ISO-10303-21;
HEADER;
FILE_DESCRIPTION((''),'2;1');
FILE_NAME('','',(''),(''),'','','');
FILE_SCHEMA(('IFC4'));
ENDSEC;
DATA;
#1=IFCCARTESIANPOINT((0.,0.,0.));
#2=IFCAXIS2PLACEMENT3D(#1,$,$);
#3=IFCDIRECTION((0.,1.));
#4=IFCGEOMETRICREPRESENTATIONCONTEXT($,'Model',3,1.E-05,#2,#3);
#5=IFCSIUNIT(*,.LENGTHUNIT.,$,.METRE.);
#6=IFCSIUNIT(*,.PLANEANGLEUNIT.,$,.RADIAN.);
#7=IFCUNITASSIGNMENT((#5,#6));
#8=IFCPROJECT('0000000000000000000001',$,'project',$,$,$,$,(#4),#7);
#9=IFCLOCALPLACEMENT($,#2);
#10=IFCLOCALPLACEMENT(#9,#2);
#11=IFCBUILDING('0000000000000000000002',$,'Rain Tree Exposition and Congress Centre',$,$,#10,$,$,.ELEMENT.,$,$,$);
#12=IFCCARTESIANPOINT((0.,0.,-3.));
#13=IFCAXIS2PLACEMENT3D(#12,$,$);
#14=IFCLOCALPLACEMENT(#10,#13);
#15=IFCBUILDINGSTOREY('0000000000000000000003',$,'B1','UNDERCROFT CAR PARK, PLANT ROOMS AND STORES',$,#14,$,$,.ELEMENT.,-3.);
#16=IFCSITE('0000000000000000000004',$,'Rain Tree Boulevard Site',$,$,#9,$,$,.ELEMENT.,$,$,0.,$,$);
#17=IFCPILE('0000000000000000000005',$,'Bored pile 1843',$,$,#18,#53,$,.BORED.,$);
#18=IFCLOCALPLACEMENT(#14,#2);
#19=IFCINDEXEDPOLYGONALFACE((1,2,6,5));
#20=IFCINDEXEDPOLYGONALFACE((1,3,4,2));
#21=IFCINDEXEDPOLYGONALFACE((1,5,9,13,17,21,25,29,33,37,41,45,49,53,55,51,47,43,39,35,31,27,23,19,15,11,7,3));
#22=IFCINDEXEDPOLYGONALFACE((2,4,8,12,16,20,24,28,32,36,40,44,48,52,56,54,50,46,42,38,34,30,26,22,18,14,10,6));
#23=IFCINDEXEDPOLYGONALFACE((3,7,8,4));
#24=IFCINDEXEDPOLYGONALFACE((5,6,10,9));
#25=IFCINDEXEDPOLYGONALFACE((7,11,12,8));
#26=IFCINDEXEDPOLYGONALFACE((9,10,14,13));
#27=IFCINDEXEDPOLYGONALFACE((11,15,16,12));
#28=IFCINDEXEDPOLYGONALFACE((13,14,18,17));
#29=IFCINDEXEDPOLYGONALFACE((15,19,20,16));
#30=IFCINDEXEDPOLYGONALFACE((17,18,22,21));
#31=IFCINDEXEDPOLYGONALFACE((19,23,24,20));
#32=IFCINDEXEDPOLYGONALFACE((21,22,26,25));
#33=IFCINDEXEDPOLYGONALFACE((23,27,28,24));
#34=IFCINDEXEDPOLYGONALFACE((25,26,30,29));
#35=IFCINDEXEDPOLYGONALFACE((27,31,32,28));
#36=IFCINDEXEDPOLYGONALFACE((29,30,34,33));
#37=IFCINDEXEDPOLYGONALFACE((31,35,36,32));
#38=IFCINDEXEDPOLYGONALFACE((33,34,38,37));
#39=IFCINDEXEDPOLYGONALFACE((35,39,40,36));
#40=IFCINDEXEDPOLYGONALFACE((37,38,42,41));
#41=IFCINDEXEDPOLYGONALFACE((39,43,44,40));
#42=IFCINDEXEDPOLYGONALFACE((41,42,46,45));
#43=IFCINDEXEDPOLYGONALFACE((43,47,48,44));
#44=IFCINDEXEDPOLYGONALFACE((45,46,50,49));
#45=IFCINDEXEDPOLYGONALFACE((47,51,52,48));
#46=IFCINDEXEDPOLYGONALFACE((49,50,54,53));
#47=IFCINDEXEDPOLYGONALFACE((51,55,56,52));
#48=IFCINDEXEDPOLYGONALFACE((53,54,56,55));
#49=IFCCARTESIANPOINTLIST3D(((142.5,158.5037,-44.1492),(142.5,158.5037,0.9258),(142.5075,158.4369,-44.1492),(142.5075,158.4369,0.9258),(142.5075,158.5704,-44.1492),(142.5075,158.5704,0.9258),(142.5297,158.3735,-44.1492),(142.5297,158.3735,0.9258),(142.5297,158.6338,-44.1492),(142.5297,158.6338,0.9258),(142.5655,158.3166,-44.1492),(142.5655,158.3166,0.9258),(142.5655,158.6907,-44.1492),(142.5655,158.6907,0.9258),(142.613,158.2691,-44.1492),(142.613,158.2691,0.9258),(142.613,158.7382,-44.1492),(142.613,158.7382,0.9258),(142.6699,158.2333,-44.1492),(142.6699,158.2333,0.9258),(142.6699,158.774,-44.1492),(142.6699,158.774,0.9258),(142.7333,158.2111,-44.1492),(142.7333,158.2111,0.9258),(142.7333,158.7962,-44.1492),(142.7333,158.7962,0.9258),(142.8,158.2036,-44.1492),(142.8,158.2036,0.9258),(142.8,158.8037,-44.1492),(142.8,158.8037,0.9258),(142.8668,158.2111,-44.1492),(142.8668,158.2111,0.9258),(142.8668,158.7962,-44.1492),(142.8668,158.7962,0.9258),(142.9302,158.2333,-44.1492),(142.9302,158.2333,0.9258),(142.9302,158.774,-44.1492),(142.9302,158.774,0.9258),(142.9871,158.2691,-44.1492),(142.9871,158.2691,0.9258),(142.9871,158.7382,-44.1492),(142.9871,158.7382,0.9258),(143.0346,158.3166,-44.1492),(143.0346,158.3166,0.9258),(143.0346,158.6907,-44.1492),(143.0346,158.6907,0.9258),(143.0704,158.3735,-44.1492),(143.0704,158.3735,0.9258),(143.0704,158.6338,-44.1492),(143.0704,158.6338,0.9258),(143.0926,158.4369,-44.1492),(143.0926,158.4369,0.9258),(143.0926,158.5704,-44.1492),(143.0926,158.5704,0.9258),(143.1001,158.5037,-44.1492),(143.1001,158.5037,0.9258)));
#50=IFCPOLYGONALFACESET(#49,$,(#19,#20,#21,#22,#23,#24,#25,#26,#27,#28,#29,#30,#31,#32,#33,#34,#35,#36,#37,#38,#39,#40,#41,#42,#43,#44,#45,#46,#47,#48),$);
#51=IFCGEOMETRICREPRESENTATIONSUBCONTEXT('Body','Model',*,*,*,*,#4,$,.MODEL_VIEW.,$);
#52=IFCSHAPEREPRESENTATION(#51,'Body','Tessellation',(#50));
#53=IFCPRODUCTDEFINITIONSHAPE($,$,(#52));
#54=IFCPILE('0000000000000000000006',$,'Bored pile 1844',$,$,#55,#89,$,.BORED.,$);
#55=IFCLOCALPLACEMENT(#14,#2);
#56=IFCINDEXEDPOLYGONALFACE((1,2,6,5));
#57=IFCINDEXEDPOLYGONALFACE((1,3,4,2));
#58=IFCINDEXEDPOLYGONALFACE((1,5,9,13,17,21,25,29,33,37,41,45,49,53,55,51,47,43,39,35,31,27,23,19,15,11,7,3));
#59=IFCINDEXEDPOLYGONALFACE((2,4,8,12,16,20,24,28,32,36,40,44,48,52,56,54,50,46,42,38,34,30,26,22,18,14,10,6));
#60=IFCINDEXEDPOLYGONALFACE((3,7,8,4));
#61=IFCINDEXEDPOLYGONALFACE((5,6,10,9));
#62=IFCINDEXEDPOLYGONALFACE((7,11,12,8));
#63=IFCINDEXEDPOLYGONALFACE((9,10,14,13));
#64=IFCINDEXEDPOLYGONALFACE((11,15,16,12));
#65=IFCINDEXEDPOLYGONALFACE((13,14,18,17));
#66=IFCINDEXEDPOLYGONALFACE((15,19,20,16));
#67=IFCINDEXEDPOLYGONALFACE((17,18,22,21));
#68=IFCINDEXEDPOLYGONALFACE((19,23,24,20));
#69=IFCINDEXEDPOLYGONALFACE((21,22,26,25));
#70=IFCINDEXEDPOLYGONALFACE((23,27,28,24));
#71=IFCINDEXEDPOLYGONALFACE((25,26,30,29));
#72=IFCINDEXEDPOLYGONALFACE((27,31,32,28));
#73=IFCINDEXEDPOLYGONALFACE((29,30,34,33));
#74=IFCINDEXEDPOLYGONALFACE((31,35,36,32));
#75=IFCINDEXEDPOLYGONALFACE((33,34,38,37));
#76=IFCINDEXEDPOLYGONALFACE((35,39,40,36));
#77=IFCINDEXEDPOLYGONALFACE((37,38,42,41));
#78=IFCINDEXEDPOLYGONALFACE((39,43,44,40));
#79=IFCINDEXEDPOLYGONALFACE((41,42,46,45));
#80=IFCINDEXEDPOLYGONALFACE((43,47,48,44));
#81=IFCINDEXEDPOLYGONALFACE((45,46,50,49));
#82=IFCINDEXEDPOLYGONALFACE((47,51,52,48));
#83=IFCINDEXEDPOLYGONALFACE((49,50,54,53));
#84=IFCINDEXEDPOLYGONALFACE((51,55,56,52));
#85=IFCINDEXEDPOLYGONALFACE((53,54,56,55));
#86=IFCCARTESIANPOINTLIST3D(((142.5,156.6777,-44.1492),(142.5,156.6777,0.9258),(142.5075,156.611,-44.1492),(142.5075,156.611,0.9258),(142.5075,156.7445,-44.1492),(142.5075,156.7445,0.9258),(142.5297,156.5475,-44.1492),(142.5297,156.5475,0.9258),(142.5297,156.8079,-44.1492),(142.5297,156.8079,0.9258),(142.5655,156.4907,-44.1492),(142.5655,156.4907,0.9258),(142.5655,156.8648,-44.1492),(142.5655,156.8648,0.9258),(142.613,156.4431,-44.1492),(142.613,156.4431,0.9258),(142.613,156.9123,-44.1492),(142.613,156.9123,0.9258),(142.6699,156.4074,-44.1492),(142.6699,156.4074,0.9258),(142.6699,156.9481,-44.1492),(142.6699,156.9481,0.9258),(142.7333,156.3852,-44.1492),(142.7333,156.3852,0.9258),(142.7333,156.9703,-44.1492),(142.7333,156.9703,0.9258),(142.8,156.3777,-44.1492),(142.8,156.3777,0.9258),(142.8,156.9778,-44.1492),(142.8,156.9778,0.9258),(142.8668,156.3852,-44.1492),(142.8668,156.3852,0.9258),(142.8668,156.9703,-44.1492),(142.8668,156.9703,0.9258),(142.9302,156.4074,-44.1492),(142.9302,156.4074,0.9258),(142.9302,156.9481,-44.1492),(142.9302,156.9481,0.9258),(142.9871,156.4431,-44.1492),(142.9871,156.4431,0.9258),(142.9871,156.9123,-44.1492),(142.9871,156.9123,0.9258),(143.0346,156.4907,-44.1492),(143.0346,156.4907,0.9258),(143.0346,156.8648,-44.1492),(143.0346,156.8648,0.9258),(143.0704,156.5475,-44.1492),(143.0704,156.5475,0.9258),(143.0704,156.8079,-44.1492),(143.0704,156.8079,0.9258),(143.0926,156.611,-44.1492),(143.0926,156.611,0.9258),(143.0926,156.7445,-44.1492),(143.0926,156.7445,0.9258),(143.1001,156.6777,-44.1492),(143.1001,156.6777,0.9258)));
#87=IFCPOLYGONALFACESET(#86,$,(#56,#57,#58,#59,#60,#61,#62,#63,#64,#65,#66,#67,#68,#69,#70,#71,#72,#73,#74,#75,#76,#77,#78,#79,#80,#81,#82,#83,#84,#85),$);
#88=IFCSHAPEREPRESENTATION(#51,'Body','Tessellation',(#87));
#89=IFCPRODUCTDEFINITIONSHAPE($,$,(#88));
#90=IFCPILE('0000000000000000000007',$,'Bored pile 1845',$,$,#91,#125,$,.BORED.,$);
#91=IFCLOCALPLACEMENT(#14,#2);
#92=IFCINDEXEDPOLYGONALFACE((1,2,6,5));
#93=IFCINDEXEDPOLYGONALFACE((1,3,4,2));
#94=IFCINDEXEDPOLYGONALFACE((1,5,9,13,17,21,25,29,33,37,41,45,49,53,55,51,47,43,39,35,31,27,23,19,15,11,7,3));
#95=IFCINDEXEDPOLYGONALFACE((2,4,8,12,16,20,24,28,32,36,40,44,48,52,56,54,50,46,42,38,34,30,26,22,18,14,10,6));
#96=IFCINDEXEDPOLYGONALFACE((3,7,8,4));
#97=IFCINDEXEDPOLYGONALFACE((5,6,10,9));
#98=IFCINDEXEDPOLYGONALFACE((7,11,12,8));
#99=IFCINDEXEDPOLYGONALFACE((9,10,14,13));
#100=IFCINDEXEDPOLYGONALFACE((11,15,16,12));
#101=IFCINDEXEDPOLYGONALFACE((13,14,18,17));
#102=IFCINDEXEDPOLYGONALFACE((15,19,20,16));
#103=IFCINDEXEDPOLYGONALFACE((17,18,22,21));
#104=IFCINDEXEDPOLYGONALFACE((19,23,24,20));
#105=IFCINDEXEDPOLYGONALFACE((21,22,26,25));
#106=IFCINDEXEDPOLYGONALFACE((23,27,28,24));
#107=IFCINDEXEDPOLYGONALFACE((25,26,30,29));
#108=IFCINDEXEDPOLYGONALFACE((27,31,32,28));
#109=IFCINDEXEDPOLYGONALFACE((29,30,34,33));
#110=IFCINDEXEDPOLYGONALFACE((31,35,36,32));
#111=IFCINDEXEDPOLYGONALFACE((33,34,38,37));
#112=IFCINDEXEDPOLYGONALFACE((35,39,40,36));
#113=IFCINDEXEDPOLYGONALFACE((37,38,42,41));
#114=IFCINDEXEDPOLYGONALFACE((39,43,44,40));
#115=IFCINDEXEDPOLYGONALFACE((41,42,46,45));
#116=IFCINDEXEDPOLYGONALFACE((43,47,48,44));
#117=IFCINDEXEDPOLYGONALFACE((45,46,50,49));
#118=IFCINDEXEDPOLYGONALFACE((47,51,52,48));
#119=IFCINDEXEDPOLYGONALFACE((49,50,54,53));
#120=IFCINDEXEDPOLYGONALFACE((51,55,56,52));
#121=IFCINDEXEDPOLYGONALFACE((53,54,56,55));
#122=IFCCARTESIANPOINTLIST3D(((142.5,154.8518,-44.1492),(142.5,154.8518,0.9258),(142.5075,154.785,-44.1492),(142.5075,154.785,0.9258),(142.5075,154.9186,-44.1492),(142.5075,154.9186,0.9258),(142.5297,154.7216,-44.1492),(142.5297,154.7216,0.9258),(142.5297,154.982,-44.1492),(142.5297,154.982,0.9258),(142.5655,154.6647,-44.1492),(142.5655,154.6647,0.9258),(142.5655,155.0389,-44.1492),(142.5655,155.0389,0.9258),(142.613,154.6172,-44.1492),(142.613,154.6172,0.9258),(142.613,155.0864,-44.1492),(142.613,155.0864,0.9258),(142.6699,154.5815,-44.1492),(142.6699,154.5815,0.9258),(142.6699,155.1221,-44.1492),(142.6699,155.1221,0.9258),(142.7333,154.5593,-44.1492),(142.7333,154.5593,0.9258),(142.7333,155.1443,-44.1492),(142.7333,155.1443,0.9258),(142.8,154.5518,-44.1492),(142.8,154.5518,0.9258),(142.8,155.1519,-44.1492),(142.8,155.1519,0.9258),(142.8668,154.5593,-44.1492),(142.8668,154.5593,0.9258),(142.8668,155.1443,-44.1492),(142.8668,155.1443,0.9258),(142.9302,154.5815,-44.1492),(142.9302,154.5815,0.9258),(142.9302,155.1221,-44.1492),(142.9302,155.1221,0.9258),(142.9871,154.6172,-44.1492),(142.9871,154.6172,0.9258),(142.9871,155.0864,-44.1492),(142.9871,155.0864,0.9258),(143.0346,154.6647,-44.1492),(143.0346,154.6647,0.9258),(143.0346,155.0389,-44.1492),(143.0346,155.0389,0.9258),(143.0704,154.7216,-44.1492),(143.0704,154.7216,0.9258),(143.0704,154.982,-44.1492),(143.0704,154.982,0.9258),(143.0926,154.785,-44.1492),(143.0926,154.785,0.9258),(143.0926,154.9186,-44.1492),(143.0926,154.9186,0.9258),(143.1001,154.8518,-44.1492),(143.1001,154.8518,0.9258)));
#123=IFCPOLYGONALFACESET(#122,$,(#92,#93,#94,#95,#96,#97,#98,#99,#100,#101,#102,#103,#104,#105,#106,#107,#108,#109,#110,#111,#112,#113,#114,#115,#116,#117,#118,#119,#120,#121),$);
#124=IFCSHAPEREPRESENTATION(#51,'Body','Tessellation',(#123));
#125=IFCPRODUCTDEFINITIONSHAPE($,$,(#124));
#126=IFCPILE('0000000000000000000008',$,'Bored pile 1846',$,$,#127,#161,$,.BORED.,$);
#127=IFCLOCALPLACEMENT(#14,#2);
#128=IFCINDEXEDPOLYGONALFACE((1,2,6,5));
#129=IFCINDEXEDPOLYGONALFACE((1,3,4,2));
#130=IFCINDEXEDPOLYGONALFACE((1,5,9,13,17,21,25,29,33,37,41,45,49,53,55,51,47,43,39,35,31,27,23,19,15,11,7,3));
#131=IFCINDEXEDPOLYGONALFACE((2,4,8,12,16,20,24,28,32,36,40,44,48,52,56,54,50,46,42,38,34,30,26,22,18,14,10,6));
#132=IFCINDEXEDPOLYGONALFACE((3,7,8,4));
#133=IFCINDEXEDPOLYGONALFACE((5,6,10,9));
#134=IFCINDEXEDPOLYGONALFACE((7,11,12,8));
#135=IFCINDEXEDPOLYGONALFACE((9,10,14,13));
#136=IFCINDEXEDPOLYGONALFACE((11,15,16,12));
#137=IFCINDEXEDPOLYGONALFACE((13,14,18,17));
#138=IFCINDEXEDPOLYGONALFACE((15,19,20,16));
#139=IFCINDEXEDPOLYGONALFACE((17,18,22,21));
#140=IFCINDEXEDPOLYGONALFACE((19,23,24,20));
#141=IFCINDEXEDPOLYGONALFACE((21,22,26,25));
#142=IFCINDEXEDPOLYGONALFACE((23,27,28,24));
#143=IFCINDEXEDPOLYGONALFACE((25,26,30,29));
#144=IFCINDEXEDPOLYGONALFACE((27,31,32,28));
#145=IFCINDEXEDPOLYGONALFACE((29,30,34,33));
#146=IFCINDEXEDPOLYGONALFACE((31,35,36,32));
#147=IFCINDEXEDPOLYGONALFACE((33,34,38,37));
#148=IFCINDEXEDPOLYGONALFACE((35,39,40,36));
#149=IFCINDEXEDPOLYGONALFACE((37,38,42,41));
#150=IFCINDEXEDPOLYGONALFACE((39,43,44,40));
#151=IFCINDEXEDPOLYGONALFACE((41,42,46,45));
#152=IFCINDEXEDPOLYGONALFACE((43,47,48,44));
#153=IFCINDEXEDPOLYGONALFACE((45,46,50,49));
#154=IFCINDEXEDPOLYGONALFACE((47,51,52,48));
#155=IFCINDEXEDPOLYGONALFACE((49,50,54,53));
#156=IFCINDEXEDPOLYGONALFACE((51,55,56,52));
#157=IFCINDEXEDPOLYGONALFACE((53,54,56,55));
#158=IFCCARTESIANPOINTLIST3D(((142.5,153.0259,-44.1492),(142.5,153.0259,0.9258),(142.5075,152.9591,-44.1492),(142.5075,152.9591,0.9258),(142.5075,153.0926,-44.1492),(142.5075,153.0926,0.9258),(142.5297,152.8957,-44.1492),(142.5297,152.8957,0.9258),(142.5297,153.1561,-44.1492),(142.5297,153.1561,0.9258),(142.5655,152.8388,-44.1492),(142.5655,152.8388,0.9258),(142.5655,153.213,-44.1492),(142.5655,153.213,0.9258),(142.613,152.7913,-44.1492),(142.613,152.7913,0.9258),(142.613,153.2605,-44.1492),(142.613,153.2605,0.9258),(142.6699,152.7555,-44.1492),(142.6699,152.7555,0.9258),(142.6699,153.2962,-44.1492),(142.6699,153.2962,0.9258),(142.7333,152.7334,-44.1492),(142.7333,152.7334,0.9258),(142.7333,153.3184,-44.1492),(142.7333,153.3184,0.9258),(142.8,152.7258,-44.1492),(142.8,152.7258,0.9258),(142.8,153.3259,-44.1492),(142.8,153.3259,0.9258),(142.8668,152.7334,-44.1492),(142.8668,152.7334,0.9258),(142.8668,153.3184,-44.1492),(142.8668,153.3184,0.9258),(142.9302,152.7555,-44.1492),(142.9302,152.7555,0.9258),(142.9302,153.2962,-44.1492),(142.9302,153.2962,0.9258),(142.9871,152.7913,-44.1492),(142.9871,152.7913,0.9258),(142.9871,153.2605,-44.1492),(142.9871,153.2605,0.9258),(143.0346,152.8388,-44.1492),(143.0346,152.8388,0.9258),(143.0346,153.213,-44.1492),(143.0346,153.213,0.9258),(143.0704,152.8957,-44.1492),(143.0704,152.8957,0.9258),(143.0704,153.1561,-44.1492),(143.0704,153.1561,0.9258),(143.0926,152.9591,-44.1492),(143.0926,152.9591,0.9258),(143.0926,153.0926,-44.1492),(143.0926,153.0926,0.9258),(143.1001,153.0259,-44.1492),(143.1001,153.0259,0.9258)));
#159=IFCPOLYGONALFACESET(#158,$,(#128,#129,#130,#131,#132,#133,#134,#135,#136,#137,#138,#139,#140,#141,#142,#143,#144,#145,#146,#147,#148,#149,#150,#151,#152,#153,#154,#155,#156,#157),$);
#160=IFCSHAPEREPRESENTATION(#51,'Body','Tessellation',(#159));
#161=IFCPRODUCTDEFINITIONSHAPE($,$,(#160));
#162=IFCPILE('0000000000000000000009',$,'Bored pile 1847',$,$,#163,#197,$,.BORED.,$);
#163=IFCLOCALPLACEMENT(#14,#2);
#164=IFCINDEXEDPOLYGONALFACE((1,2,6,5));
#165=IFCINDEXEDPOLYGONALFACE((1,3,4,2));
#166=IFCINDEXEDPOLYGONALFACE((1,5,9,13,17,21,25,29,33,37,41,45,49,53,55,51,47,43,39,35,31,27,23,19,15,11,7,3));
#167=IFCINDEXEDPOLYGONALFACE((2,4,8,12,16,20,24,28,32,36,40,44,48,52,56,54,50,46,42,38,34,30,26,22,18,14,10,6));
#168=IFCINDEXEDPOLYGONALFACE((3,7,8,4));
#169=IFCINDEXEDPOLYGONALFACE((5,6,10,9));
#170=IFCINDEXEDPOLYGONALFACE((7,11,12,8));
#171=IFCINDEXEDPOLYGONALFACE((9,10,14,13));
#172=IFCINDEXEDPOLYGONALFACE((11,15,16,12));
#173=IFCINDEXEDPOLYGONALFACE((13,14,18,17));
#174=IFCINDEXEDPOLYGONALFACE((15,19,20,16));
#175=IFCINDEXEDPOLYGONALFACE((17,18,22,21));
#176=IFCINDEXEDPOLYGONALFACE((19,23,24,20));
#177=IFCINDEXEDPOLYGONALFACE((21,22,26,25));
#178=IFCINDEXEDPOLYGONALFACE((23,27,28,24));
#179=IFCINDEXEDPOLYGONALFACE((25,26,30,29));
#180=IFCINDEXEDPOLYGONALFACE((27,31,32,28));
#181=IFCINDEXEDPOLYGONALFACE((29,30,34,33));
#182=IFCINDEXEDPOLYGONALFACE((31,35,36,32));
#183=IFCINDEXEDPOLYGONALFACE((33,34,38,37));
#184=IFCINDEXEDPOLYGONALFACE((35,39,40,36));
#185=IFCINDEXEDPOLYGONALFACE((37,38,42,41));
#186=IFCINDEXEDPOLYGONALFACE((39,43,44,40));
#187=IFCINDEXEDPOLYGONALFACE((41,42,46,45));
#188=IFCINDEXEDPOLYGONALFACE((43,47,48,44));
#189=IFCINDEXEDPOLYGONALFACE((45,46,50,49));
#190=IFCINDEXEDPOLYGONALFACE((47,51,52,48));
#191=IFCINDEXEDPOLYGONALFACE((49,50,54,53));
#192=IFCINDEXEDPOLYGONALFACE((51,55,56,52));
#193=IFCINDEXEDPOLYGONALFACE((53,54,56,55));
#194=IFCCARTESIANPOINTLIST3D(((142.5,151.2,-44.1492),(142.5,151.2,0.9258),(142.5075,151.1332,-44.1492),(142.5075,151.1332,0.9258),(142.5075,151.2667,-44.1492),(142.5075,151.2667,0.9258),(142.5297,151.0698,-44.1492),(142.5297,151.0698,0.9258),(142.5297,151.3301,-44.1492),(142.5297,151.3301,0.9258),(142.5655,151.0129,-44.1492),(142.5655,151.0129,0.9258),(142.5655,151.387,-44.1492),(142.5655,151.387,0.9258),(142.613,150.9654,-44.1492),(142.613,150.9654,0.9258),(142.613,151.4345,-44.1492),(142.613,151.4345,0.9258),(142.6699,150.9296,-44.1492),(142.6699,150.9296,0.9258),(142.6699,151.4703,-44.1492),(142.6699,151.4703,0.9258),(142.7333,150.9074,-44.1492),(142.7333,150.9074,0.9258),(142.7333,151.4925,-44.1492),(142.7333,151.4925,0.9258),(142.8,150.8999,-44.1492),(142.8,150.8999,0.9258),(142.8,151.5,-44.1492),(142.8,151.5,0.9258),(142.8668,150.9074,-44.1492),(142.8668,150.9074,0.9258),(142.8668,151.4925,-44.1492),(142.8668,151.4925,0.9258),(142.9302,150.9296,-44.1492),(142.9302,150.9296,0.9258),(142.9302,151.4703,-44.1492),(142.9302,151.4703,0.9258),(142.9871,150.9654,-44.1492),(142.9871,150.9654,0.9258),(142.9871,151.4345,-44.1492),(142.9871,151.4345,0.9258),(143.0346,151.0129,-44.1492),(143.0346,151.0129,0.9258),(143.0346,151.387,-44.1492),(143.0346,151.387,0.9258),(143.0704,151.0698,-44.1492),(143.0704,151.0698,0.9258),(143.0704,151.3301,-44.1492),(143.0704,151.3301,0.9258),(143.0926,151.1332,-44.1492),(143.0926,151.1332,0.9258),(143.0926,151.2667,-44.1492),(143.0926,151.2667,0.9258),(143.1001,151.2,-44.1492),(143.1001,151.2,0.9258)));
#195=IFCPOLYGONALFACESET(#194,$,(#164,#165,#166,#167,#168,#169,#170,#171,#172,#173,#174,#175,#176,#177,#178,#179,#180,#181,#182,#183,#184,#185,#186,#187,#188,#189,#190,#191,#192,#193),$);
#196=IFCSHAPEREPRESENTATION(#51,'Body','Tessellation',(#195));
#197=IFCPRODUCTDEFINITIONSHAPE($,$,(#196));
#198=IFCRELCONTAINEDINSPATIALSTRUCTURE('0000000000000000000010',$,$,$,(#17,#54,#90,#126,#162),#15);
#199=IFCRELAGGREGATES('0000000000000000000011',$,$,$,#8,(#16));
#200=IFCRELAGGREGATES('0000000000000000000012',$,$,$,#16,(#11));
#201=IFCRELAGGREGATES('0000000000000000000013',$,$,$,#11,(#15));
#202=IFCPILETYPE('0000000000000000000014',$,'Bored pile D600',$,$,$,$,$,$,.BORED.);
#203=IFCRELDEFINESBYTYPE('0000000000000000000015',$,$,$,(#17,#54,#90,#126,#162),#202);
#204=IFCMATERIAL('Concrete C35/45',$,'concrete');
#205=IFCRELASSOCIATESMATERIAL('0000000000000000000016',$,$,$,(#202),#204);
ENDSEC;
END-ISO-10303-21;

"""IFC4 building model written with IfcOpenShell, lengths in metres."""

from ifc_helpers import new_model, si_unit, direction, frame, origin, origin_2d, place, context, subcontext, project, spatial, circle, extrude, material, material_profile, profile_set, type_object, element, save


model = new_model("IFC4")

# Units and contexts
model_context = context("Model", 3, precision=1e-05, world=origin(), true_north=direction((0.0, 1.0)))
body_context = subcontext(model_context, "Body", "Model", "MODEL_VIEW")
ifc_project = project(units=[si_unit("LENGTHUNIT", "METRE"), si_unit("PLANEANGLEUNIT", "RADIAN")], contexts=[model_context])

# Site, building, storey
site_placement = place(None, origin())
site = spatial("IfcSite", under=ifc_project, at=site_placement, Name="Rain Tree Boulevard Site", CompositionType="ELEMENT", RefElevation=0.0)
building_placement = place(site_placement, origin())
building = spatial("IfcBuilding", under=site, at=building_placement, Name="Rain Tree Exposition and Congress Centre", CompositionType="ELEMENT")
storey_placement = place(building_placement, frame((0.0, 0.0, -3.0)))
storey = spatial("IfcBuildingStorey", under=building, at=storey_placement, Name="B1", Description="UNDERCROFT CAR PARK, PLANT ROOMS AND STORES", CompositionType="ELEMENT", Elevation=-3.0)

# Piles
ifc_material = material(Name="Concrete C35/45", Category="concrete")
ifc_material_profile = material_profile(ifc_material, circle(Radius=0.3, at=origin_2d()), Name="D600")
ifc_profile_set = profile_set([ifc_material_profile], Name="Concrete C35/45")
pile_type = type_object("IfcPileType", Name="Bored pile D600", PredefinedType="BORED", material=ifc_profile_set)
for number, where, z_axis, x_axis, name in (
    (1, (142.8, 158.5037, 0.9258), (0.0, 0.0, -1.0), (1.0, 0.0, 0.0), "Bored pile 1843"),
    (2, (142.8, 156.6777, 0.9258), (0.0, 0.0, -1.0), (1.0, 0.0, 0.0), "Bored pile 1844"),
    (3, (142.8, 154.8518, 0.9258), (0.0, 0.0, -1.0), (1.0, 0.0, 0.0), "Bored pile 1845"),
    (4, (142.8, 153.0259, 0.9258), (0.0, 0.0, -1.0), (1.0, 0.0, 0.0), "Bored pile 1846"),
    (5, (142.8, 151.2, 0.9258), (0.0, 0.0, -1.0), (1.0, 0.0, 0.0), "Bored pile 1847"),
):
    element("IfcPile", number, at=place(storey_placement, frame(where, z_axis=z_axis, x_axis=x_axis)), inside=storey, type_object=pile_type, Name=name, PredefinedType="BORED", context=body_context, shape_type="SweptSolid", body=[
        extrude(circle(Radius=0.3, at=origin_2d()), origin(), (0.0, 0.0, 1.0), 45.075),
    ])

save(model, "model.ifc")
